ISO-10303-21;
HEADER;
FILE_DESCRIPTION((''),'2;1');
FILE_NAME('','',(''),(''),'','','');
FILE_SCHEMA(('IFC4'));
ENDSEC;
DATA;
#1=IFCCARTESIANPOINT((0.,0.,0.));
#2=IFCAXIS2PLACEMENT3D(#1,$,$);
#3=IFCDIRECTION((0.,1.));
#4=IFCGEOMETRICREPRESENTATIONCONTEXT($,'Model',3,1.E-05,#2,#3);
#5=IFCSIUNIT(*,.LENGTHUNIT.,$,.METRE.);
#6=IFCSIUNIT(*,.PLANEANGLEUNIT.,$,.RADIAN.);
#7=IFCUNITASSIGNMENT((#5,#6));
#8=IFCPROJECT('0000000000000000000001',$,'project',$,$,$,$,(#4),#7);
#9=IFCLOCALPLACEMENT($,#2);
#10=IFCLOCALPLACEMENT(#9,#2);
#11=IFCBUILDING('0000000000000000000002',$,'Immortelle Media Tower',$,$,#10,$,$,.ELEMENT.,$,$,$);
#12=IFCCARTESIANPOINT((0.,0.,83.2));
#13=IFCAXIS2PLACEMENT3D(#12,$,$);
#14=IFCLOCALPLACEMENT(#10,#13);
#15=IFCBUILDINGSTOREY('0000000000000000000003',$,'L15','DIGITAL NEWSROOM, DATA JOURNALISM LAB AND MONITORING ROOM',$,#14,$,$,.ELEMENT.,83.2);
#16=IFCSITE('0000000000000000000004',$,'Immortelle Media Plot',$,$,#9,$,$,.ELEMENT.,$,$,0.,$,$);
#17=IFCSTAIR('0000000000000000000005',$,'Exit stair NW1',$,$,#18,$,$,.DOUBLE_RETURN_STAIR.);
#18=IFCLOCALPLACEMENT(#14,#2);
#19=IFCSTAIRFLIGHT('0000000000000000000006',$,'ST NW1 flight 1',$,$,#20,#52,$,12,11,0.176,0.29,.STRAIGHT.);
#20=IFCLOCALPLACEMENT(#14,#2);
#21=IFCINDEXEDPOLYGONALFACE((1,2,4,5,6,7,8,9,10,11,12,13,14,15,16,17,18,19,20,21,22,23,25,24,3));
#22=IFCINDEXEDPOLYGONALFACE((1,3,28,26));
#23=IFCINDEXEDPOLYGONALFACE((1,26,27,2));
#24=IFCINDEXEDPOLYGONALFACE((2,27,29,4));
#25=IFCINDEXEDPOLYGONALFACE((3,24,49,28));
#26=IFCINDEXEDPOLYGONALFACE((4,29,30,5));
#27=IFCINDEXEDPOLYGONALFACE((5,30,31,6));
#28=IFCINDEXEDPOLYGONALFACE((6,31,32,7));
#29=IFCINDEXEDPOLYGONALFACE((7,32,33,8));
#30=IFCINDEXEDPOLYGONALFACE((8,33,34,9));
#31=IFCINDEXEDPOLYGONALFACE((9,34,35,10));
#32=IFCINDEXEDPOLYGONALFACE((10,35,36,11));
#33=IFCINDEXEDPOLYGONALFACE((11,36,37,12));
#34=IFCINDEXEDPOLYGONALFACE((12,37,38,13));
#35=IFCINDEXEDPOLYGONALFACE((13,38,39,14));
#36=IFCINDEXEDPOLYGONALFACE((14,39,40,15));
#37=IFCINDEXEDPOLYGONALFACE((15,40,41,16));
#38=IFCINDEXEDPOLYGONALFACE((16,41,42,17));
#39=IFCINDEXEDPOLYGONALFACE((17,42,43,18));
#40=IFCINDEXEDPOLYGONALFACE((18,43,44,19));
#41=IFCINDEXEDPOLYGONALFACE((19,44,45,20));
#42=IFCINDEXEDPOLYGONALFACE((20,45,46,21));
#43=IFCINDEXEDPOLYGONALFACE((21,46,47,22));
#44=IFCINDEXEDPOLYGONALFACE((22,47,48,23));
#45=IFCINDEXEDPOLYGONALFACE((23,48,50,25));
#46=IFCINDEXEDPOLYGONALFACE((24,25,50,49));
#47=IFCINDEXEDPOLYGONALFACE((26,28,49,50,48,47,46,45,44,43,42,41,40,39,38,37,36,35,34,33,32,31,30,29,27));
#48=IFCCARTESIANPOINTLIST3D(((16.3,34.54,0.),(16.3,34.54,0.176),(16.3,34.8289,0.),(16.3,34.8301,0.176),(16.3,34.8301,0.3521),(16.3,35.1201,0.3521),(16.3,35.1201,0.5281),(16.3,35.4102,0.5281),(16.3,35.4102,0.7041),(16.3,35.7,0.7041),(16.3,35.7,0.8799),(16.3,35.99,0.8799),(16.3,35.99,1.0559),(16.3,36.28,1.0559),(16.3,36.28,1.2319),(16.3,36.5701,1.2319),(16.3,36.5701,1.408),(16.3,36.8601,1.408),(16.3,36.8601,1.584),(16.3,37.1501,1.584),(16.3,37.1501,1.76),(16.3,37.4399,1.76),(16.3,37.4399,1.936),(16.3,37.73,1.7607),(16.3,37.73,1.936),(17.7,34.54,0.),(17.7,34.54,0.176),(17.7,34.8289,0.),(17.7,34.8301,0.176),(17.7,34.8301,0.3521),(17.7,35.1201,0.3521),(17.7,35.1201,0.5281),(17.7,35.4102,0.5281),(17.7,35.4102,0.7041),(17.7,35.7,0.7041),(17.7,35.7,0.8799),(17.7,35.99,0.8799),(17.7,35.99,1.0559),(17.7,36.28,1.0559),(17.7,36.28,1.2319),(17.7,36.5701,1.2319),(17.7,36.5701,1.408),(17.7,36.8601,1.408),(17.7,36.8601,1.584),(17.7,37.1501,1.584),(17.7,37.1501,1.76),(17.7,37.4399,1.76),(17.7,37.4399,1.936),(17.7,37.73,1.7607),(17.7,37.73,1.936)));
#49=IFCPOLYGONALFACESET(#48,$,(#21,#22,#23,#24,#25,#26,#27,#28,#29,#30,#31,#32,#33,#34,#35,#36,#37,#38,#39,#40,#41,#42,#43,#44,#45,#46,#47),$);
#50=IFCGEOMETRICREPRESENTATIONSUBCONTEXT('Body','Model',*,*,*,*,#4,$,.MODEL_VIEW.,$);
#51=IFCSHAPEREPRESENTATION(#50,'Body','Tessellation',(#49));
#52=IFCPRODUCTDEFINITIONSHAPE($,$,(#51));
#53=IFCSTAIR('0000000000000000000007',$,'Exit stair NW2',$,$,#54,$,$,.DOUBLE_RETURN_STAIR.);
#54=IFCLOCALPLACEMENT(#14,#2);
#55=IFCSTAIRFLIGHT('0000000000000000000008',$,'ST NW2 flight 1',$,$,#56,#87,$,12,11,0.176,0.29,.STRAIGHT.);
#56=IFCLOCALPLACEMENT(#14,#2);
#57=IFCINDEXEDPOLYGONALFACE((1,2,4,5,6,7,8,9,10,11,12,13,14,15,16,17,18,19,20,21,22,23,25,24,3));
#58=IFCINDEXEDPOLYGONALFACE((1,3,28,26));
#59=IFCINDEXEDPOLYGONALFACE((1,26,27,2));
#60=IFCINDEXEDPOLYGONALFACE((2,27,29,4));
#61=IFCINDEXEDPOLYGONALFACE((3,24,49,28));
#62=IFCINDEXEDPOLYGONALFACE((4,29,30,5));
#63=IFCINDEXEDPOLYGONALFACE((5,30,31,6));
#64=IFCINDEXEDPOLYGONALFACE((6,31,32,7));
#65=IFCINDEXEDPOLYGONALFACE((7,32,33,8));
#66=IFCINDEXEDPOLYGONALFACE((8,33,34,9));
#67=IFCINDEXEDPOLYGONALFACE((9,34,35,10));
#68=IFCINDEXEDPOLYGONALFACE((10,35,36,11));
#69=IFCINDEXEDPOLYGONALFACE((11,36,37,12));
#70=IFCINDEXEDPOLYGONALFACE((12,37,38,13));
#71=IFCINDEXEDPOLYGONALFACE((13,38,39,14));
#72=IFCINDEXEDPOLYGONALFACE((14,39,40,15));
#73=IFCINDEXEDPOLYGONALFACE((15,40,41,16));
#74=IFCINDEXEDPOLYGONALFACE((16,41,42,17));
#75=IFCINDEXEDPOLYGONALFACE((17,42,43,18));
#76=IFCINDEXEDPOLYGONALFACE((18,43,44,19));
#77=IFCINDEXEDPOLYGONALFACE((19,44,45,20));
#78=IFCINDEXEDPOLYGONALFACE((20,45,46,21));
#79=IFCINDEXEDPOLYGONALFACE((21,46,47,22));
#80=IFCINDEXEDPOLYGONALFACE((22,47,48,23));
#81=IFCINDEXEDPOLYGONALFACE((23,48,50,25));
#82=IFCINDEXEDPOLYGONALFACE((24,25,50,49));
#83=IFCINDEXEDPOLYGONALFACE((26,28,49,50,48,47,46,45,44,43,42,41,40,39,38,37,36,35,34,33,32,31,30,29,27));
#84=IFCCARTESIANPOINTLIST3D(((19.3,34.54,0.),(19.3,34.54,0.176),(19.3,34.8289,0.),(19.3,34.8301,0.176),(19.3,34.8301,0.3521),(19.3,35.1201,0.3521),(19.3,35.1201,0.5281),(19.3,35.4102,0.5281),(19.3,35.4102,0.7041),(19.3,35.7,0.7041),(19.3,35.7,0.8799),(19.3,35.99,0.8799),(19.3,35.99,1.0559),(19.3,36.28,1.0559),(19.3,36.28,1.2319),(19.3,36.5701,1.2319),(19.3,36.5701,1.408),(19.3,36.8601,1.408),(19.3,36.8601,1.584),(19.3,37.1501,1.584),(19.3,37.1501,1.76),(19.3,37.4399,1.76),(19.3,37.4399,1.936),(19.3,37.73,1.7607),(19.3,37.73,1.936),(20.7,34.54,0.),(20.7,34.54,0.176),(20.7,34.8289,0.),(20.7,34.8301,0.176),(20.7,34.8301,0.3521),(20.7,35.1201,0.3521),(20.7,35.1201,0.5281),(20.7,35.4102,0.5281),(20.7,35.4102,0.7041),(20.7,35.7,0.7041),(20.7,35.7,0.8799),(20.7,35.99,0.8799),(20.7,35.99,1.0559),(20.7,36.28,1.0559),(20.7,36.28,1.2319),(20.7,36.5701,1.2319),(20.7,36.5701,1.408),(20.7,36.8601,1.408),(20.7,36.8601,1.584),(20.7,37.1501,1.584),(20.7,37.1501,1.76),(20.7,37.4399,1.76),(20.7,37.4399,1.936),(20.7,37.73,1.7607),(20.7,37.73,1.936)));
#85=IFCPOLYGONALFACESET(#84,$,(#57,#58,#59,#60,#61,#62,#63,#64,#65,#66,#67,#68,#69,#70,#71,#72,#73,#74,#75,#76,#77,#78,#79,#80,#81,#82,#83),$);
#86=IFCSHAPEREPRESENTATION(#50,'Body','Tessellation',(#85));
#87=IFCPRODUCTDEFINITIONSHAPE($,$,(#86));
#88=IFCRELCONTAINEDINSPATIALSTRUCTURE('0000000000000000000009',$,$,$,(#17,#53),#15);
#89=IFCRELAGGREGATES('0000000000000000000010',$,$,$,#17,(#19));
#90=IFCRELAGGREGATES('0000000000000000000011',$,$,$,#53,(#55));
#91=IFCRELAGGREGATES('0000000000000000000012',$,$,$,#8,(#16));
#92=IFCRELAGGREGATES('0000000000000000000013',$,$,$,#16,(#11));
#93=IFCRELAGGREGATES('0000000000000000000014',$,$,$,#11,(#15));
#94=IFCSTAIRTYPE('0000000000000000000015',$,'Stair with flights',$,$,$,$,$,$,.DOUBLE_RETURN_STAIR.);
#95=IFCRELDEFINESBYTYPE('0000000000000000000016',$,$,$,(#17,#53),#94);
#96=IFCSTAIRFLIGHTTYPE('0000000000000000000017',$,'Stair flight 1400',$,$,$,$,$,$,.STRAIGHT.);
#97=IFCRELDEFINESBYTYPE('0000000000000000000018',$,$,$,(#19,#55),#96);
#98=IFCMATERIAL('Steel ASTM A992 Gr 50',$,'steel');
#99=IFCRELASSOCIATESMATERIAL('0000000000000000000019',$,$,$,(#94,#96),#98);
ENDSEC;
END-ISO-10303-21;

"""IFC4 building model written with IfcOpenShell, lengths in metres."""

from ifc_helpers import new_model, si_unit, direction, frame, origin, place, context, subcontext, project, spatial, polyline, outline, extrude, material, type_object, element, aggregate, save


model = new_model("IFC4")

# Units and contexts
model_context = context("Model", 3, precision=1e-05, world=origin(), true_north=direction((0.0, 1.0)))
body_context = subcontext(model_context, "Body", "Model", "MODEL_VIEW")
ifc_project = project(units=[si_unit("LENGTHUNIT", "METRE"), si_unit("PLANEANGLEUNIT", "RADIAN")], contexts=[model_context])

# Site, building, storey
site_placement = place(None, origin())
site = spatial("IfcSite", under=ifc_project, at=site_placement, Name="Immortelle Media Plot", CompositionType="ELEMENT", RefElevation=0.0)
building_placement = place(site_placement, origin())
building = spatial("IfcBuilding", under=site, at=building_placement, Name="Immortelle Media Tower", CompositionType="ELEMENT")
storey_placement = place(building_placement, frame((0.0, 0.0, 83.2)))
storey = spatial("IfcBuildingStorey", under=building, at=storey_placement, Name="L15", Description="DIGITAL NEWSROOM, DATA JOURNALISM LAB AND MONITORING ROOM", CompositionType="ELEMENT", Elevation=83.2)

# Shared definitions
ifc_material_1 = material(Name="Steel ASTM A992 Gr 50", Category="steel")

# Stairs, stair flights
stair_type = type_object("IfcStairType", Name="Stair with flights", PredefinedType="DOUBLE_RETURN_STAIR", material=ifc_material_1)
stair_1_placement = place(storey_placement, origin())
stair_1 = element("IfcStair", 1, at=stair_1_placement, inside=storey, type_object=stair_type, Name="Exit stair NW1", PredefinedType="DOUBLE_RETURN_STAIR")
stair_flight_type = type_object("IfcStairFlightType", Name="Stair flight 1400", PredefinedType="STRAIGHT", material=ifc_material_1)
stair_flight_1_placement = place(storey_placement, frame((17.0, 34.54, 0.0), z_axis=(0.0, 0.0, 1.0), x_axis=(0.0, 1.0, 0.0)))
stair_flight_1 = element("IfcStairFlight", 2, at=stair_flight_1_placement, type_object=stair_flight_type, Name="ST NW1 flight 1", NumberOfRisers=12, NumberOfTreads=11, PredefinedType="STRAIGHT", RiserHeight=0.176, TreadLength=0.29, context=body_context, shape_type="SweptSolid", body=[
    extrude(outline(polyline([(0.0, 0.0), (0.0, 0.176), (0.29, 0.176), (0.29, 0.3521), (0.5801, 0.3521), (0.5801, 0.5281), (0.8701, 0.5281), (0.8701, 0.7041), (1.1599, 0.7041), (1.1599, 0.8799), (1.45, 0.8799), (1.45, 1.0559), (1.74, 1.0559), (1.74, 1.2319), (2.03, 1.2319), (2.03, 1.408), (2.3201, 1.408), (2.3201, 1.584), (2.6101, 1.584), (2.6101, 1.76), (2.8999, 1.76), (2.8999, 1.936), (3.1899, 1.936), (3.1899, 2.1121), (3.1899, 1.7607), (0.2888, 0.0), (0.0, 0.0)])), frame((0.0, 0.7, 0.0), z_axis=(0.0, -1.0, 0.0), x_axis=(1.0, 0.0, 0.0)), (0.0, 0.0, 1.0), 1.3999),
])
aggregate(stair_1, [stair_flight_1])
stair_2_placement = place(storey_placement, origin())
stair_2 = element("IfcStair", 3, at=stair_2_placement, inside=storey, type_object=stair_type, Name="Exit stair NW2", PredefinedType="DOUBLE_RETURN_STAIR")
stair_flight_2_placement = place(storey_placement, frame((20.0, 34.54, 0.0), z_axis=(0.0, 0.0, 1.0), x_axis=(0.0, 1.0, 0.0)))
stair_flight_2 = element("IfcStairFlight", 4, at=stair_flight_2_placement, type_object=stair_flight_type, Name="ST NW2 flight 1", NumberOfRisers=12, NumberOfTreads=11, PredefinedType="STRAIGHT", RiserHeight=0.176, TreadLength=0.29, context=body_context, shape_type="SweptSolid", body=[
    extrude(outline(polyline([(0.0, 0.0), (0.0, 0.176), (0.29, 0.176), (0.29, 0.3521), (0.5801, 0.3521), (0.5801, 0.5281), (0.8701, 0.5281), (0.8701, 0.7041), (1.1599, 0.7041), (1.1599, 0.8799), (1.45, 0.8799), (1.45, 1.0559), (1.74, 1.0559), (1.74, 1.2319), (2.03, 1.2319), (2.03, 1.408), (2.3201, 1.408), (2.3201, 1.584), (2.6101, 1.584), (2.6101, 1.76), (2.8999, 1.76), (2.8999, 1.936), (3.1899, 1.936), (3.1899, 2.1121), (3.1899, 1.7607), (0.2888, 0.0), (0.0, 0.0)])), frame((0.0, 0.7, 0.0), z_axis=(0.0, -1.0, 0.0), x_axis=(1.0, 0.0, 0.0)), (0.0, 0.0, 1.0), 1.3999),
])
aggregate(stair_2, [stair_flight_2])

save(model, "model.ifc")
